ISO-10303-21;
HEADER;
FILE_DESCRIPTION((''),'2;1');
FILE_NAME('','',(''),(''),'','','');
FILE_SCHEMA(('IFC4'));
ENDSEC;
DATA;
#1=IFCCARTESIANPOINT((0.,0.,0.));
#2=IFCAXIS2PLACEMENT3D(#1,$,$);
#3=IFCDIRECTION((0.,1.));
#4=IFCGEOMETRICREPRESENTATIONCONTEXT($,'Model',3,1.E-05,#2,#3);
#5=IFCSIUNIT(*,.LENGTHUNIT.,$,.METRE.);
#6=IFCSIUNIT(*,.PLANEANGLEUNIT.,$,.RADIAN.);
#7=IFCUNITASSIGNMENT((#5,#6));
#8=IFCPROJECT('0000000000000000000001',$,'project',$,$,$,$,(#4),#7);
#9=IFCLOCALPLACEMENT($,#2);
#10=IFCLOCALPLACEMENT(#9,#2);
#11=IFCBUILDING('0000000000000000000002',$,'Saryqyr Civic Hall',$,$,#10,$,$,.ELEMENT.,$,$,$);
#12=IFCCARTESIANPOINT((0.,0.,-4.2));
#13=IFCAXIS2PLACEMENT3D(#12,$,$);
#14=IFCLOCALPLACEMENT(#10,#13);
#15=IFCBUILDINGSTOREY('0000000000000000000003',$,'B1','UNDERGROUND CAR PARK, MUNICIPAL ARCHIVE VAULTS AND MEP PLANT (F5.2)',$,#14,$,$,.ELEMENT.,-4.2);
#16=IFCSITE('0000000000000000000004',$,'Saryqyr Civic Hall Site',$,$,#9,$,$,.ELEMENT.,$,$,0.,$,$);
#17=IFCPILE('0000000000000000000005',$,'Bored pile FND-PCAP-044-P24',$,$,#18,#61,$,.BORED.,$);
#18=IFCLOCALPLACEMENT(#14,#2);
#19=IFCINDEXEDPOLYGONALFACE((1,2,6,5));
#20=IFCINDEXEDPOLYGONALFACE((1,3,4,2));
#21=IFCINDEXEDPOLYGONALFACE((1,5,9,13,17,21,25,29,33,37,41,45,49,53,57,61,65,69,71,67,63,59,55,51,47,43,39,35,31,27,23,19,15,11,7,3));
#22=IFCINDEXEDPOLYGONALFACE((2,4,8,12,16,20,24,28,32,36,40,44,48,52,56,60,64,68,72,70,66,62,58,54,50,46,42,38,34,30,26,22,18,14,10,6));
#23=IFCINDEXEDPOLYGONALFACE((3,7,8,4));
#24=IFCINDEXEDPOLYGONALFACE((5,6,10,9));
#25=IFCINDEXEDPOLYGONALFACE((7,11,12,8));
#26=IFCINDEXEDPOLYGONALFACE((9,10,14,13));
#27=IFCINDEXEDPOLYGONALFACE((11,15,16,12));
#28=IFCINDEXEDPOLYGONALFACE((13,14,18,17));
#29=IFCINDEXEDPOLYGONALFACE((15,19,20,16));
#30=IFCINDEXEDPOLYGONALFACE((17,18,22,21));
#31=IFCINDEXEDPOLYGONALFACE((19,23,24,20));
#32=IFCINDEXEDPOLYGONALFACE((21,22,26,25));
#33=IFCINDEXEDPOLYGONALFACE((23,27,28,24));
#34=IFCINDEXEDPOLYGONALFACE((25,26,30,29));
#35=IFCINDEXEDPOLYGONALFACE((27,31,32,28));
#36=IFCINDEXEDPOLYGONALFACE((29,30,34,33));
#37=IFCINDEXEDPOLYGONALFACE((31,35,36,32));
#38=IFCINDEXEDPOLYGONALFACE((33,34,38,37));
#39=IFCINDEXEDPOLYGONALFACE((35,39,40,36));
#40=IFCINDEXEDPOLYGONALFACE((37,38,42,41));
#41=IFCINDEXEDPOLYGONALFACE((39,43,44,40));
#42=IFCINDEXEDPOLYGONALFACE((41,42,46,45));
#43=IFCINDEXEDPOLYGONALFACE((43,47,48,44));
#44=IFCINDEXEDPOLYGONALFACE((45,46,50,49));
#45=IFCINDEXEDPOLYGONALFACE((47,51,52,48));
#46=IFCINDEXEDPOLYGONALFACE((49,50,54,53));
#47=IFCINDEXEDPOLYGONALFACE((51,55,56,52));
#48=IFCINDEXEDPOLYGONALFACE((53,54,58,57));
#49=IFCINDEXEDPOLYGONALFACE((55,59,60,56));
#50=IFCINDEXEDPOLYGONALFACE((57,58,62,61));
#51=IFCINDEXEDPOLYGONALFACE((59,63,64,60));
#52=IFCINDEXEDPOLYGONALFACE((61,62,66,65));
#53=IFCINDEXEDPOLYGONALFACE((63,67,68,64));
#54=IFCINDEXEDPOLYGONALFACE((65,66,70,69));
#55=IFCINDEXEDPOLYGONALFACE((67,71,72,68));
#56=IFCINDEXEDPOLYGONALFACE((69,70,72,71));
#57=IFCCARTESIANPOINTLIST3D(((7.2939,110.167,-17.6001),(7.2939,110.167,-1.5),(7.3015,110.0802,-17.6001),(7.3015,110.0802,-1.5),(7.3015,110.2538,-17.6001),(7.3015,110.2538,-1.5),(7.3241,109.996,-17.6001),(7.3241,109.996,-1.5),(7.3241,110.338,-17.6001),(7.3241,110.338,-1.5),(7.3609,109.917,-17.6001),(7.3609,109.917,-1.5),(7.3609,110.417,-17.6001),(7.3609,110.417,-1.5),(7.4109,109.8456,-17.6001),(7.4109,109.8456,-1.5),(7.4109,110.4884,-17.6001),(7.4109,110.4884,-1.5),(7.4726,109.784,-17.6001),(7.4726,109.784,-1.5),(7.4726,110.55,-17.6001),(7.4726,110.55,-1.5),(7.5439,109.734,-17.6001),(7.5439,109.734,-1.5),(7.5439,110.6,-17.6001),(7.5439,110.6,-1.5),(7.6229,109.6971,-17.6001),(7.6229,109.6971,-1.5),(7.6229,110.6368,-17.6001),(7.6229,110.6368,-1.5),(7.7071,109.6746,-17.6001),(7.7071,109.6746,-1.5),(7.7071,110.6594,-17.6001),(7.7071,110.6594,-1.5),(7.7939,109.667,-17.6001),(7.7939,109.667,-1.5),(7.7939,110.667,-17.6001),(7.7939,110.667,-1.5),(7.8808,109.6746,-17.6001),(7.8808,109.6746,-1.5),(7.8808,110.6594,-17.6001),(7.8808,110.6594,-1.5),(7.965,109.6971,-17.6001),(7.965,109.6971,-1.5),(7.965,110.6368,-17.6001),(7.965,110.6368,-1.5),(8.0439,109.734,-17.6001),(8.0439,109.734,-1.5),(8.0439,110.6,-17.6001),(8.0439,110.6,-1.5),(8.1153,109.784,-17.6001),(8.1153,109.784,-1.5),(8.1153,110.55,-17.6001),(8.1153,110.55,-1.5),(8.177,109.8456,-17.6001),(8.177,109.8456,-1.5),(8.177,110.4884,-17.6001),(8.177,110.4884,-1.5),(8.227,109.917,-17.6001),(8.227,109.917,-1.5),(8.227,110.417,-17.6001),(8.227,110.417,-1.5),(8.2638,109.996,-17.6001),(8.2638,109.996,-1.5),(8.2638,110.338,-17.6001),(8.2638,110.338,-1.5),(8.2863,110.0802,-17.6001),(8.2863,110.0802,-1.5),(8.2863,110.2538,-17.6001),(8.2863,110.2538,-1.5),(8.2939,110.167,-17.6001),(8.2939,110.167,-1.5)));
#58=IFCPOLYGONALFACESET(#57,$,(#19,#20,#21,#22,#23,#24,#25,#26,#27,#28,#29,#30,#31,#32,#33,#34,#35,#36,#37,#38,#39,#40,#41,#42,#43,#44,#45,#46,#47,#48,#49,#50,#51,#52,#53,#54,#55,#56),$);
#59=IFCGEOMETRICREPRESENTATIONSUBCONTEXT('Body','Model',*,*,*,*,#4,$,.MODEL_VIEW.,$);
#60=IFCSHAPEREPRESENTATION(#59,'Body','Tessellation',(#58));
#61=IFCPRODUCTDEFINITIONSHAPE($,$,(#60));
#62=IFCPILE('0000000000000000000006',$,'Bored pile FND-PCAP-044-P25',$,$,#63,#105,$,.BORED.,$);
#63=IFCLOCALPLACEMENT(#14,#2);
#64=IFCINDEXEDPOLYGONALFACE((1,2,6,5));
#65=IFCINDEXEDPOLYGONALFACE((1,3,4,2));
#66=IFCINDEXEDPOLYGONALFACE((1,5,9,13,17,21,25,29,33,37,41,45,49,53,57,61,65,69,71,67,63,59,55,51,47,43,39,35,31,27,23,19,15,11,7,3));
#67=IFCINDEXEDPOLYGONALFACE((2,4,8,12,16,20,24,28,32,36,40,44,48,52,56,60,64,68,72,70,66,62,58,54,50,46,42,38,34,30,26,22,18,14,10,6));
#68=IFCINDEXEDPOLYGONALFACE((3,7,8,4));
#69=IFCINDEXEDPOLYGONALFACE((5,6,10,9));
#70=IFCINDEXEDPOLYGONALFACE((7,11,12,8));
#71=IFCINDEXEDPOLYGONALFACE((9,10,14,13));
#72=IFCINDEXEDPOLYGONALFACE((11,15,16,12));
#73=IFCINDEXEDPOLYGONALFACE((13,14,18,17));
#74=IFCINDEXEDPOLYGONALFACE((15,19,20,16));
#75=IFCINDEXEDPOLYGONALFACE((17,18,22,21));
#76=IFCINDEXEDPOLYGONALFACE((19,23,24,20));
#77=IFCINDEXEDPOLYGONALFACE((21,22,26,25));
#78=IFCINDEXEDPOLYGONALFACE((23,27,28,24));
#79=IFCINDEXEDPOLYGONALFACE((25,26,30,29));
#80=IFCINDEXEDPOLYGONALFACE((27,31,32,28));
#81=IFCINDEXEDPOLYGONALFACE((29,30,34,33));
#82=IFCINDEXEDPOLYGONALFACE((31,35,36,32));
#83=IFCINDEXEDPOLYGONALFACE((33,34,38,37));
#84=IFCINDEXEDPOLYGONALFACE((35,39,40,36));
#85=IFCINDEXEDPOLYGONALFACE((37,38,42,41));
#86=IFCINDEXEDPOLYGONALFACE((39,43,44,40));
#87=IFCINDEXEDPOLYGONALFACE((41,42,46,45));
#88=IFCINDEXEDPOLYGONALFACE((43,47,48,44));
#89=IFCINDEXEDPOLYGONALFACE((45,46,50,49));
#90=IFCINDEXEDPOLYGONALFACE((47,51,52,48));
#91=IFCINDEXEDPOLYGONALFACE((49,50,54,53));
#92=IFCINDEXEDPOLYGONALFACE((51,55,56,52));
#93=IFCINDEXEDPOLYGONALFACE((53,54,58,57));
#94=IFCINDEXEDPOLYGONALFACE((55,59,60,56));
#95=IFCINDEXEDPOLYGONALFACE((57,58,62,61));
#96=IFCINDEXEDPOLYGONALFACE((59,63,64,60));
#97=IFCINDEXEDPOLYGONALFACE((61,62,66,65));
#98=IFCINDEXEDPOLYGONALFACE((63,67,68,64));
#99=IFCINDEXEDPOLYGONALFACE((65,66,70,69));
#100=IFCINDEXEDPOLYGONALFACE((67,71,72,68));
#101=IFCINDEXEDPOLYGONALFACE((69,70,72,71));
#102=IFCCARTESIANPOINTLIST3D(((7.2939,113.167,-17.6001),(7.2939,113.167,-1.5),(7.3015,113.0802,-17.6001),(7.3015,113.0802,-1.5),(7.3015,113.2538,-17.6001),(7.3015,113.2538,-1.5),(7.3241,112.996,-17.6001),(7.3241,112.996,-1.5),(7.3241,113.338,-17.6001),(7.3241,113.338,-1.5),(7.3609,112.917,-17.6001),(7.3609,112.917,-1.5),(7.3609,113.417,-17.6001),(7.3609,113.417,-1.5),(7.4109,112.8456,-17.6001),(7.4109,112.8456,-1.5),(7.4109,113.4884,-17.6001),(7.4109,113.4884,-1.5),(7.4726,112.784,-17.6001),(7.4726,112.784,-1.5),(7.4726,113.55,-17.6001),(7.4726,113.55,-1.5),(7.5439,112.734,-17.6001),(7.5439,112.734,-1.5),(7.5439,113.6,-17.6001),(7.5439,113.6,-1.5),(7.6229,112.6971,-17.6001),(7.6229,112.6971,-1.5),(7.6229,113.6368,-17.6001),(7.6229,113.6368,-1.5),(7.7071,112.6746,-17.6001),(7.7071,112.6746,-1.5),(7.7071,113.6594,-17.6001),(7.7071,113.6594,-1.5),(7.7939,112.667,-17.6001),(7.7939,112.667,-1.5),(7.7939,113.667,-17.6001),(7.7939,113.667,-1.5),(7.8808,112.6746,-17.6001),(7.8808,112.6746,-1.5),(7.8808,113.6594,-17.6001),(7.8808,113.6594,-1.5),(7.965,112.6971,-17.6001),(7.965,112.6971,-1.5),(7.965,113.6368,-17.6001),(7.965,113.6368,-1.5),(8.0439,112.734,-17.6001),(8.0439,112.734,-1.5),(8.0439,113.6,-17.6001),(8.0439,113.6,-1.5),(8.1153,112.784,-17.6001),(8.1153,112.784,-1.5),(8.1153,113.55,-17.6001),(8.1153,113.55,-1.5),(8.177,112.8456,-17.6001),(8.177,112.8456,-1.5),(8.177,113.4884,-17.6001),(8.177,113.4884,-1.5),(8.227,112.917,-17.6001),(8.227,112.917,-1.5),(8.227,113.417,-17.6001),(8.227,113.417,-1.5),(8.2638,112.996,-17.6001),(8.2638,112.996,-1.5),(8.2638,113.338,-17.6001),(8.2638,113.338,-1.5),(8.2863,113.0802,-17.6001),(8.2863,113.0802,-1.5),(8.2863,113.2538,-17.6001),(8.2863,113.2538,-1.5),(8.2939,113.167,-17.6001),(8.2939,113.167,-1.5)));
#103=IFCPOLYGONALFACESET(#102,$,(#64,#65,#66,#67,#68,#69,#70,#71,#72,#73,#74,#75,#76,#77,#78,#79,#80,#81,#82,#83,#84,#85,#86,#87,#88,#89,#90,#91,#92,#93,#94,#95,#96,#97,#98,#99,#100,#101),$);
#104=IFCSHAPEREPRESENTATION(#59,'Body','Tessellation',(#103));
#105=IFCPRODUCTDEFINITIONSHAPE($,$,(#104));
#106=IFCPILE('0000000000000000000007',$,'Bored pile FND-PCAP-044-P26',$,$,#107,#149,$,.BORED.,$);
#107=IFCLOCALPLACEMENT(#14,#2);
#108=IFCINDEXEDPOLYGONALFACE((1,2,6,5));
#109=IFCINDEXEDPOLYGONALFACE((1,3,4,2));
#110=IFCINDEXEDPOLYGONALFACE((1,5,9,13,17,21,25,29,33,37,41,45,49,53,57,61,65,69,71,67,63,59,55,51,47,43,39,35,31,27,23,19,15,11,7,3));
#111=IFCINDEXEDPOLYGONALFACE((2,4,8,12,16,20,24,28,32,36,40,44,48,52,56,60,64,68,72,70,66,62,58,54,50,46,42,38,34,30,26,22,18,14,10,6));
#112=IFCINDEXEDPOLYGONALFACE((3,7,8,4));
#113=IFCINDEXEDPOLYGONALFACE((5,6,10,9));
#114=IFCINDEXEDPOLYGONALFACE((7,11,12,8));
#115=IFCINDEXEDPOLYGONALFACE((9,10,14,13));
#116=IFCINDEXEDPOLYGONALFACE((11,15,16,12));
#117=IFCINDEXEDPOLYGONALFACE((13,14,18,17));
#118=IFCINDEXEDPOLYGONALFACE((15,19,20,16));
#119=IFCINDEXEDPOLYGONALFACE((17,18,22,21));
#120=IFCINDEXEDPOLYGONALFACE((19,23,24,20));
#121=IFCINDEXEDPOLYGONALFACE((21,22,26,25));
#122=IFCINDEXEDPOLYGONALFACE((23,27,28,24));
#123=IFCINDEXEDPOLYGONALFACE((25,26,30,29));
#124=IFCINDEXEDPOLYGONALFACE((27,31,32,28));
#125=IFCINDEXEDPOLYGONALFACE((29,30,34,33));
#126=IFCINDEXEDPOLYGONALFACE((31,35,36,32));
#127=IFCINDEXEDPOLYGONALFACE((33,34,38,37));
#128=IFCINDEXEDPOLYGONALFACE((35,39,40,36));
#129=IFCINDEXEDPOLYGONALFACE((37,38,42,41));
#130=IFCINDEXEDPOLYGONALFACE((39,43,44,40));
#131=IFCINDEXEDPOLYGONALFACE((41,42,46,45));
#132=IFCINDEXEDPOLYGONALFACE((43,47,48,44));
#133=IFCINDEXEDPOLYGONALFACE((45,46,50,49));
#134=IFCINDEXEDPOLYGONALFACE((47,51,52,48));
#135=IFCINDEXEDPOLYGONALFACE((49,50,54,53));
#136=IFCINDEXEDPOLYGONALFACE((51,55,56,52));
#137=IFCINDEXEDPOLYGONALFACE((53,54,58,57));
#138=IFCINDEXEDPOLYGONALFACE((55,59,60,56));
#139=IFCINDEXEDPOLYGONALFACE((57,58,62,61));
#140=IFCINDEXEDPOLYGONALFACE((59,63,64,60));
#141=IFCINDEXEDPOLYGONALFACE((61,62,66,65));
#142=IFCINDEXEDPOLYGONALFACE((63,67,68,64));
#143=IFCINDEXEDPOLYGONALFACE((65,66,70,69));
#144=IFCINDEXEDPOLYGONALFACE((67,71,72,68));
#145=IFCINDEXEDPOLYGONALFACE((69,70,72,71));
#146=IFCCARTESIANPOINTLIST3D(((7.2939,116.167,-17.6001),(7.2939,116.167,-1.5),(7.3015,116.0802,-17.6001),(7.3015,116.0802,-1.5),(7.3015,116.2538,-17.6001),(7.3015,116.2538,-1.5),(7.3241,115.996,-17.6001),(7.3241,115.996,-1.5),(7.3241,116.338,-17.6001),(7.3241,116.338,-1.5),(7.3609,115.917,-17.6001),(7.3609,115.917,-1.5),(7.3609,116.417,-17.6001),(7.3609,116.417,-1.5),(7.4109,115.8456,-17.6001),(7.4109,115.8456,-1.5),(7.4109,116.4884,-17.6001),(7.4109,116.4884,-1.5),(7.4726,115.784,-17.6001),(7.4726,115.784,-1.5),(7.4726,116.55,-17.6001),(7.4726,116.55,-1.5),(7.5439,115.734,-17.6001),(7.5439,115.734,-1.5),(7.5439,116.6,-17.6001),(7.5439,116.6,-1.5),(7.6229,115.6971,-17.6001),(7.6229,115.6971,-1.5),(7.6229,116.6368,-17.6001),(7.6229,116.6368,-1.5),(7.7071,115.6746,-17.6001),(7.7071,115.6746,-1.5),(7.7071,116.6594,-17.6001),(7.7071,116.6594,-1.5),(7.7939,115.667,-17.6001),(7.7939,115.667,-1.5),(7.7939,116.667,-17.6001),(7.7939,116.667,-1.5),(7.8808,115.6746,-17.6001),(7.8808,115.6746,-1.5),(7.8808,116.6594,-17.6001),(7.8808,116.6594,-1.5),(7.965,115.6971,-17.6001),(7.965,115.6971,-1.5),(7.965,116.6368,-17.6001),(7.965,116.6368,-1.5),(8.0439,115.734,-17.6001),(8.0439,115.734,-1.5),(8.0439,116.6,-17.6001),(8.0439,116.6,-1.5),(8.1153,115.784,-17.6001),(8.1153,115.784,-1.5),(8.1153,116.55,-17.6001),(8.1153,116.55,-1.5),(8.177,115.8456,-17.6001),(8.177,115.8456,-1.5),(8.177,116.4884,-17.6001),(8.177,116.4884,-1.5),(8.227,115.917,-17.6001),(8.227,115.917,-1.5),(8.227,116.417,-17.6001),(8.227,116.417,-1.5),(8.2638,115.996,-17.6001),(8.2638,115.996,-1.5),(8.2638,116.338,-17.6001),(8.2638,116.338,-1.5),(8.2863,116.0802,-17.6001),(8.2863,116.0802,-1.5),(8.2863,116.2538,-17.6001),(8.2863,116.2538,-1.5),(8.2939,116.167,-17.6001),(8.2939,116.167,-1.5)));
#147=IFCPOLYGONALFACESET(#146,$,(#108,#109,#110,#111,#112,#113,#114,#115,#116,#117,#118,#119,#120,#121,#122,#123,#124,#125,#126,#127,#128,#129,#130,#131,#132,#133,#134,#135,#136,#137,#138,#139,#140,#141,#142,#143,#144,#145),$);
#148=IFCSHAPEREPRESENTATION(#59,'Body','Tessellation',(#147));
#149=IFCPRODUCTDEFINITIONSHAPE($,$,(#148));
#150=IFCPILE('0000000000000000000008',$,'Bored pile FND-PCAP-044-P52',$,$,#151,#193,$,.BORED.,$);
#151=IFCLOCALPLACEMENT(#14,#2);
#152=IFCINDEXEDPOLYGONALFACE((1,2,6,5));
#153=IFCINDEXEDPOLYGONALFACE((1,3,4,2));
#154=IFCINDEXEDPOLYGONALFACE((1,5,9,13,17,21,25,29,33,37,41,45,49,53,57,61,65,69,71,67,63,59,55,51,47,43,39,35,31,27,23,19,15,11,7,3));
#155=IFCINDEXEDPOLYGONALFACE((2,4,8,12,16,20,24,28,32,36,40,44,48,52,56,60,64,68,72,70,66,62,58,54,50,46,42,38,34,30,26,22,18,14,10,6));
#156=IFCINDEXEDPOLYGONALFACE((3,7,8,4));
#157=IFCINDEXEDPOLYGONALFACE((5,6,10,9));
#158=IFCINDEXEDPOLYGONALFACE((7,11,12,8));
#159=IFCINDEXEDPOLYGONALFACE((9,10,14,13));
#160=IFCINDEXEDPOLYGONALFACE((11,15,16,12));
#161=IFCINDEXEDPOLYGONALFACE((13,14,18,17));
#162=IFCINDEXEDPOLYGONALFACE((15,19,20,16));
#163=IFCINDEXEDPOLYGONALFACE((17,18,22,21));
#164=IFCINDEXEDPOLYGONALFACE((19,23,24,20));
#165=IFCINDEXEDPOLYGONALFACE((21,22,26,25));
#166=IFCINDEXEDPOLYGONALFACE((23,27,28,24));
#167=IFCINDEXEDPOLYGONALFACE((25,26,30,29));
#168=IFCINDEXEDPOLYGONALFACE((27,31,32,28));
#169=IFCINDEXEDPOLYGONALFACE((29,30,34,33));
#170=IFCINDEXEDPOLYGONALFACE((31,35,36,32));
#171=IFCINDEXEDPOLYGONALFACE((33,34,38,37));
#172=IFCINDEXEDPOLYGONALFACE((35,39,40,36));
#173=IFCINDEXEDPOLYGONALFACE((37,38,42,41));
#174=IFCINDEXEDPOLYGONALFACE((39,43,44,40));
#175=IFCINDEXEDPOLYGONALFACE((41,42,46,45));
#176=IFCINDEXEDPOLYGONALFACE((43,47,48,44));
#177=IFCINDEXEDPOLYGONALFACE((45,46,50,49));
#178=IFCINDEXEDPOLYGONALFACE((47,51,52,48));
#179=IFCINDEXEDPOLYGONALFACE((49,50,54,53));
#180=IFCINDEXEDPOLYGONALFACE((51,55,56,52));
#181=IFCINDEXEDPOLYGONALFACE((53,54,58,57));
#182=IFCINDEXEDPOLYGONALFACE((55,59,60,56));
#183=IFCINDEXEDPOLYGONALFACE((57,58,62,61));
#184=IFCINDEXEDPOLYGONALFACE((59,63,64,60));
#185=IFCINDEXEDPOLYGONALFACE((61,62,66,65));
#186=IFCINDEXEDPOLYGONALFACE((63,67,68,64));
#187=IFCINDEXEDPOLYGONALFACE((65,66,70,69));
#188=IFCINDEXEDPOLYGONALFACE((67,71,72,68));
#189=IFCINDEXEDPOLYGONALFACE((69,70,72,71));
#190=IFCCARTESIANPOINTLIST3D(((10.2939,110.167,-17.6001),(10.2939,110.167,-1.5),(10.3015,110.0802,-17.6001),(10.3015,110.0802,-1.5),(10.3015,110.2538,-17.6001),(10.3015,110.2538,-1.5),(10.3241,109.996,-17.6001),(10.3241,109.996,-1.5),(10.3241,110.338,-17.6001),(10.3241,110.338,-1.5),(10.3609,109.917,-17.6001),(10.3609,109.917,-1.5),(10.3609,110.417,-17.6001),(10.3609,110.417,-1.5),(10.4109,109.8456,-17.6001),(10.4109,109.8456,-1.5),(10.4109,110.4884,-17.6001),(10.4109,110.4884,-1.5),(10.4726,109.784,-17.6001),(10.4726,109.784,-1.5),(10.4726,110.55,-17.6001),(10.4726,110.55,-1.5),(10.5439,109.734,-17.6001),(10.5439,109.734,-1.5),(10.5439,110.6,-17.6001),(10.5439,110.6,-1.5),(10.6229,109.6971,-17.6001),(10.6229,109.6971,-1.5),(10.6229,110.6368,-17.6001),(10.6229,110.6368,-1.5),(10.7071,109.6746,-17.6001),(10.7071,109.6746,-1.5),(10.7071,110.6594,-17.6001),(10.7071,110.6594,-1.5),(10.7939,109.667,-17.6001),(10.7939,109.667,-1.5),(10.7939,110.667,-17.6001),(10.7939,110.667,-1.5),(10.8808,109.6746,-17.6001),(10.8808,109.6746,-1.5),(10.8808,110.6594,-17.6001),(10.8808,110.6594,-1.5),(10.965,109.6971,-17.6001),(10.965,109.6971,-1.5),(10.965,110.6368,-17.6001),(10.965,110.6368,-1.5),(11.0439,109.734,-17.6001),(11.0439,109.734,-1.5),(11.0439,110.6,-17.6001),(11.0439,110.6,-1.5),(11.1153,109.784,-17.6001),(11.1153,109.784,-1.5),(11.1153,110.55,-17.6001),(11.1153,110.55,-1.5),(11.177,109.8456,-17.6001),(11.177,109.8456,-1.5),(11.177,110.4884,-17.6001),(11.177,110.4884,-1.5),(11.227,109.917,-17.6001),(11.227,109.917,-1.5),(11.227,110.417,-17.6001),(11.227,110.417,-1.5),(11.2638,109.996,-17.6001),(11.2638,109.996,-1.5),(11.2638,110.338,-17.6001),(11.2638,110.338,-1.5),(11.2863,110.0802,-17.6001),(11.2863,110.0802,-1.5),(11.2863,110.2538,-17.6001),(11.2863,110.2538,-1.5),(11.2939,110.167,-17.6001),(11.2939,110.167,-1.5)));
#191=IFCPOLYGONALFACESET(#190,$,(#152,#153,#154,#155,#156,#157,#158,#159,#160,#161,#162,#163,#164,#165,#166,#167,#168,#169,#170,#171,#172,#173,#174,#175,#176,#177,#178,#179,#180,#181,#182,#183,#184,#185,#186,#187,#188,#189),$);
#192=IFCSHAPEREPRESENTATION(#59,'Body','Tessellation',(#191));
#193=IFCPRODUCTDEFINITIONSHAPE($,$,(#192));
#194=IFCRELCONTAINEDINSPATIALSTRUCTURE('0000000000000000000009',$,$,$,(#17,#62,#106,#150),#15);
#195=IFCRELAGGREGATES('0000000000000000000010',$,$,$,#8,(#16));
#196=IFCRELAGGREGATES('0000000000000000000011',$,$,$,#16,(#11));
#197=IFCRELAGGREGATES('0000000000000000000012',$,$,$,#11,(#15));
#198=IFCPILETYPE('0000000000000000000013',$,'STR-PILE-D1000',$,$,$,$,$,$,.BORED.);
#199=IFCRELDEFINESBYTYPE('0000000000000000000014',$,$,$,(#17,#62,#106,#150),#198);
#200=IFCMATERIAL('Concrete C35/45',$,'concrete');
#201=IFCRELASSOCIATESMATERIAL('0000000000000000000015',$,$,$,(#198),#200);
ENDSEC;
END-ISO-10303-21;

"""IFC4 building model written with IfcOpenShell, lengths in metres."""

from ifc_helpers import new_model, si_unit, direction, frame, origin, origin_2d, place, context, subcontext, project, spatial, circle, extrude, material, material_profile, profile_set, type_object, element, save


model = new_model("IFC4")

# Units and contexts
model_context = context("Model", 3, precision=1e-05, world=origin(), true_north=direction((0.0, 1.0)))
body_context = subcontext(model_context, "Body", "Model", "MODEL_VIEW")
ifc_project = project(units=[si_unit("LENGTHUNIT", "METRE"), si_unit("PLANEANGLEUNIT", "RADIAN")], contexts=[model_context])

# Site, building, storey
site_placement = place(None, origin())
site = spatial("IfcSite", under=ifc_project, at=site_placement, Name="Saryqyr Civic Hall Site", CompositionType="ELEMENT", RefElevation=0.0)
building_placement = place(site_placement, origin())
building = spatial("IfcBuilding", under=site, at=building_placement, Name="Saryqyr Civic Hall", CompositionType="ELEMENT")
storey_placement = place(building_placement, frame((0.0, 0.0, -4.2)))
storey = spatial("IfcBuildingStorey", under=building, at=storey_placement, Name="B1", Description="UNDERGROUND CAR PARK, MUNICIPAL ARCHIVE VAULTS AND MEP PLANT (F5.2)", CompositionType="ELEMENT", Elevation=-4.2)

# Piles
ifc_material_1 = material(Name="Concrete C35/45", Category="concrete")
ifc_material_profile_1 = material_profile(ifc_material_1, circle(Radius=0.5, at=origin_2d()), Name="BORED PILE D1000")
ifc_profile_set_1 = profile_set([ifc_material_profile_1], Name="Concrete C35/45")
pile_type = type_object("IfcPileType", Name="STR-PILE-D1000", PredefinedType="BORED", material=ifc_profile_set_1)
for number, where, z_axis, x_axis, name in (
    (1, (7.7939, 110.167, -1.5), (0.0, 0.0, -1.0), (1.0, 0.0, 0.0), "Bored pile FND-PCAP-044-P24"),
    (2, (7.7939, 113.167, -1.5), (0.0, 0.0, -1.0), (1.0, 0.0, 0.0), "Bored pile FND-PCAP-044-P25"),
    (3, (7.7939, 116.167, -1.5), (0.0, 0.0, -1.0), (1.0, 0.0, 0.0), "Bored pile FND-PCAP-044-P26"),
    (4, (10.7939, 110.167, -1.5), (0.0, 0.0, -1.0), (1.0, 0.0, 0.0), "Bored pile FND-PCAP-044-P52"),
):
    element("IfcPile", number, at=place(storey_placement, frame(where, z_axis=z_axis, x_axis=x_axis)), inside=storey, type_object=pile_type, Name=name, PredefinedType="BORED", context=body_context, shape_type="SweptSolid", body=[
        extrude(circle(Radius=0.5, at=origin_2d()), origin(), (0.0, 0.0, 1.0), 16.1001),
    ])

save(model, "model.ifc")
